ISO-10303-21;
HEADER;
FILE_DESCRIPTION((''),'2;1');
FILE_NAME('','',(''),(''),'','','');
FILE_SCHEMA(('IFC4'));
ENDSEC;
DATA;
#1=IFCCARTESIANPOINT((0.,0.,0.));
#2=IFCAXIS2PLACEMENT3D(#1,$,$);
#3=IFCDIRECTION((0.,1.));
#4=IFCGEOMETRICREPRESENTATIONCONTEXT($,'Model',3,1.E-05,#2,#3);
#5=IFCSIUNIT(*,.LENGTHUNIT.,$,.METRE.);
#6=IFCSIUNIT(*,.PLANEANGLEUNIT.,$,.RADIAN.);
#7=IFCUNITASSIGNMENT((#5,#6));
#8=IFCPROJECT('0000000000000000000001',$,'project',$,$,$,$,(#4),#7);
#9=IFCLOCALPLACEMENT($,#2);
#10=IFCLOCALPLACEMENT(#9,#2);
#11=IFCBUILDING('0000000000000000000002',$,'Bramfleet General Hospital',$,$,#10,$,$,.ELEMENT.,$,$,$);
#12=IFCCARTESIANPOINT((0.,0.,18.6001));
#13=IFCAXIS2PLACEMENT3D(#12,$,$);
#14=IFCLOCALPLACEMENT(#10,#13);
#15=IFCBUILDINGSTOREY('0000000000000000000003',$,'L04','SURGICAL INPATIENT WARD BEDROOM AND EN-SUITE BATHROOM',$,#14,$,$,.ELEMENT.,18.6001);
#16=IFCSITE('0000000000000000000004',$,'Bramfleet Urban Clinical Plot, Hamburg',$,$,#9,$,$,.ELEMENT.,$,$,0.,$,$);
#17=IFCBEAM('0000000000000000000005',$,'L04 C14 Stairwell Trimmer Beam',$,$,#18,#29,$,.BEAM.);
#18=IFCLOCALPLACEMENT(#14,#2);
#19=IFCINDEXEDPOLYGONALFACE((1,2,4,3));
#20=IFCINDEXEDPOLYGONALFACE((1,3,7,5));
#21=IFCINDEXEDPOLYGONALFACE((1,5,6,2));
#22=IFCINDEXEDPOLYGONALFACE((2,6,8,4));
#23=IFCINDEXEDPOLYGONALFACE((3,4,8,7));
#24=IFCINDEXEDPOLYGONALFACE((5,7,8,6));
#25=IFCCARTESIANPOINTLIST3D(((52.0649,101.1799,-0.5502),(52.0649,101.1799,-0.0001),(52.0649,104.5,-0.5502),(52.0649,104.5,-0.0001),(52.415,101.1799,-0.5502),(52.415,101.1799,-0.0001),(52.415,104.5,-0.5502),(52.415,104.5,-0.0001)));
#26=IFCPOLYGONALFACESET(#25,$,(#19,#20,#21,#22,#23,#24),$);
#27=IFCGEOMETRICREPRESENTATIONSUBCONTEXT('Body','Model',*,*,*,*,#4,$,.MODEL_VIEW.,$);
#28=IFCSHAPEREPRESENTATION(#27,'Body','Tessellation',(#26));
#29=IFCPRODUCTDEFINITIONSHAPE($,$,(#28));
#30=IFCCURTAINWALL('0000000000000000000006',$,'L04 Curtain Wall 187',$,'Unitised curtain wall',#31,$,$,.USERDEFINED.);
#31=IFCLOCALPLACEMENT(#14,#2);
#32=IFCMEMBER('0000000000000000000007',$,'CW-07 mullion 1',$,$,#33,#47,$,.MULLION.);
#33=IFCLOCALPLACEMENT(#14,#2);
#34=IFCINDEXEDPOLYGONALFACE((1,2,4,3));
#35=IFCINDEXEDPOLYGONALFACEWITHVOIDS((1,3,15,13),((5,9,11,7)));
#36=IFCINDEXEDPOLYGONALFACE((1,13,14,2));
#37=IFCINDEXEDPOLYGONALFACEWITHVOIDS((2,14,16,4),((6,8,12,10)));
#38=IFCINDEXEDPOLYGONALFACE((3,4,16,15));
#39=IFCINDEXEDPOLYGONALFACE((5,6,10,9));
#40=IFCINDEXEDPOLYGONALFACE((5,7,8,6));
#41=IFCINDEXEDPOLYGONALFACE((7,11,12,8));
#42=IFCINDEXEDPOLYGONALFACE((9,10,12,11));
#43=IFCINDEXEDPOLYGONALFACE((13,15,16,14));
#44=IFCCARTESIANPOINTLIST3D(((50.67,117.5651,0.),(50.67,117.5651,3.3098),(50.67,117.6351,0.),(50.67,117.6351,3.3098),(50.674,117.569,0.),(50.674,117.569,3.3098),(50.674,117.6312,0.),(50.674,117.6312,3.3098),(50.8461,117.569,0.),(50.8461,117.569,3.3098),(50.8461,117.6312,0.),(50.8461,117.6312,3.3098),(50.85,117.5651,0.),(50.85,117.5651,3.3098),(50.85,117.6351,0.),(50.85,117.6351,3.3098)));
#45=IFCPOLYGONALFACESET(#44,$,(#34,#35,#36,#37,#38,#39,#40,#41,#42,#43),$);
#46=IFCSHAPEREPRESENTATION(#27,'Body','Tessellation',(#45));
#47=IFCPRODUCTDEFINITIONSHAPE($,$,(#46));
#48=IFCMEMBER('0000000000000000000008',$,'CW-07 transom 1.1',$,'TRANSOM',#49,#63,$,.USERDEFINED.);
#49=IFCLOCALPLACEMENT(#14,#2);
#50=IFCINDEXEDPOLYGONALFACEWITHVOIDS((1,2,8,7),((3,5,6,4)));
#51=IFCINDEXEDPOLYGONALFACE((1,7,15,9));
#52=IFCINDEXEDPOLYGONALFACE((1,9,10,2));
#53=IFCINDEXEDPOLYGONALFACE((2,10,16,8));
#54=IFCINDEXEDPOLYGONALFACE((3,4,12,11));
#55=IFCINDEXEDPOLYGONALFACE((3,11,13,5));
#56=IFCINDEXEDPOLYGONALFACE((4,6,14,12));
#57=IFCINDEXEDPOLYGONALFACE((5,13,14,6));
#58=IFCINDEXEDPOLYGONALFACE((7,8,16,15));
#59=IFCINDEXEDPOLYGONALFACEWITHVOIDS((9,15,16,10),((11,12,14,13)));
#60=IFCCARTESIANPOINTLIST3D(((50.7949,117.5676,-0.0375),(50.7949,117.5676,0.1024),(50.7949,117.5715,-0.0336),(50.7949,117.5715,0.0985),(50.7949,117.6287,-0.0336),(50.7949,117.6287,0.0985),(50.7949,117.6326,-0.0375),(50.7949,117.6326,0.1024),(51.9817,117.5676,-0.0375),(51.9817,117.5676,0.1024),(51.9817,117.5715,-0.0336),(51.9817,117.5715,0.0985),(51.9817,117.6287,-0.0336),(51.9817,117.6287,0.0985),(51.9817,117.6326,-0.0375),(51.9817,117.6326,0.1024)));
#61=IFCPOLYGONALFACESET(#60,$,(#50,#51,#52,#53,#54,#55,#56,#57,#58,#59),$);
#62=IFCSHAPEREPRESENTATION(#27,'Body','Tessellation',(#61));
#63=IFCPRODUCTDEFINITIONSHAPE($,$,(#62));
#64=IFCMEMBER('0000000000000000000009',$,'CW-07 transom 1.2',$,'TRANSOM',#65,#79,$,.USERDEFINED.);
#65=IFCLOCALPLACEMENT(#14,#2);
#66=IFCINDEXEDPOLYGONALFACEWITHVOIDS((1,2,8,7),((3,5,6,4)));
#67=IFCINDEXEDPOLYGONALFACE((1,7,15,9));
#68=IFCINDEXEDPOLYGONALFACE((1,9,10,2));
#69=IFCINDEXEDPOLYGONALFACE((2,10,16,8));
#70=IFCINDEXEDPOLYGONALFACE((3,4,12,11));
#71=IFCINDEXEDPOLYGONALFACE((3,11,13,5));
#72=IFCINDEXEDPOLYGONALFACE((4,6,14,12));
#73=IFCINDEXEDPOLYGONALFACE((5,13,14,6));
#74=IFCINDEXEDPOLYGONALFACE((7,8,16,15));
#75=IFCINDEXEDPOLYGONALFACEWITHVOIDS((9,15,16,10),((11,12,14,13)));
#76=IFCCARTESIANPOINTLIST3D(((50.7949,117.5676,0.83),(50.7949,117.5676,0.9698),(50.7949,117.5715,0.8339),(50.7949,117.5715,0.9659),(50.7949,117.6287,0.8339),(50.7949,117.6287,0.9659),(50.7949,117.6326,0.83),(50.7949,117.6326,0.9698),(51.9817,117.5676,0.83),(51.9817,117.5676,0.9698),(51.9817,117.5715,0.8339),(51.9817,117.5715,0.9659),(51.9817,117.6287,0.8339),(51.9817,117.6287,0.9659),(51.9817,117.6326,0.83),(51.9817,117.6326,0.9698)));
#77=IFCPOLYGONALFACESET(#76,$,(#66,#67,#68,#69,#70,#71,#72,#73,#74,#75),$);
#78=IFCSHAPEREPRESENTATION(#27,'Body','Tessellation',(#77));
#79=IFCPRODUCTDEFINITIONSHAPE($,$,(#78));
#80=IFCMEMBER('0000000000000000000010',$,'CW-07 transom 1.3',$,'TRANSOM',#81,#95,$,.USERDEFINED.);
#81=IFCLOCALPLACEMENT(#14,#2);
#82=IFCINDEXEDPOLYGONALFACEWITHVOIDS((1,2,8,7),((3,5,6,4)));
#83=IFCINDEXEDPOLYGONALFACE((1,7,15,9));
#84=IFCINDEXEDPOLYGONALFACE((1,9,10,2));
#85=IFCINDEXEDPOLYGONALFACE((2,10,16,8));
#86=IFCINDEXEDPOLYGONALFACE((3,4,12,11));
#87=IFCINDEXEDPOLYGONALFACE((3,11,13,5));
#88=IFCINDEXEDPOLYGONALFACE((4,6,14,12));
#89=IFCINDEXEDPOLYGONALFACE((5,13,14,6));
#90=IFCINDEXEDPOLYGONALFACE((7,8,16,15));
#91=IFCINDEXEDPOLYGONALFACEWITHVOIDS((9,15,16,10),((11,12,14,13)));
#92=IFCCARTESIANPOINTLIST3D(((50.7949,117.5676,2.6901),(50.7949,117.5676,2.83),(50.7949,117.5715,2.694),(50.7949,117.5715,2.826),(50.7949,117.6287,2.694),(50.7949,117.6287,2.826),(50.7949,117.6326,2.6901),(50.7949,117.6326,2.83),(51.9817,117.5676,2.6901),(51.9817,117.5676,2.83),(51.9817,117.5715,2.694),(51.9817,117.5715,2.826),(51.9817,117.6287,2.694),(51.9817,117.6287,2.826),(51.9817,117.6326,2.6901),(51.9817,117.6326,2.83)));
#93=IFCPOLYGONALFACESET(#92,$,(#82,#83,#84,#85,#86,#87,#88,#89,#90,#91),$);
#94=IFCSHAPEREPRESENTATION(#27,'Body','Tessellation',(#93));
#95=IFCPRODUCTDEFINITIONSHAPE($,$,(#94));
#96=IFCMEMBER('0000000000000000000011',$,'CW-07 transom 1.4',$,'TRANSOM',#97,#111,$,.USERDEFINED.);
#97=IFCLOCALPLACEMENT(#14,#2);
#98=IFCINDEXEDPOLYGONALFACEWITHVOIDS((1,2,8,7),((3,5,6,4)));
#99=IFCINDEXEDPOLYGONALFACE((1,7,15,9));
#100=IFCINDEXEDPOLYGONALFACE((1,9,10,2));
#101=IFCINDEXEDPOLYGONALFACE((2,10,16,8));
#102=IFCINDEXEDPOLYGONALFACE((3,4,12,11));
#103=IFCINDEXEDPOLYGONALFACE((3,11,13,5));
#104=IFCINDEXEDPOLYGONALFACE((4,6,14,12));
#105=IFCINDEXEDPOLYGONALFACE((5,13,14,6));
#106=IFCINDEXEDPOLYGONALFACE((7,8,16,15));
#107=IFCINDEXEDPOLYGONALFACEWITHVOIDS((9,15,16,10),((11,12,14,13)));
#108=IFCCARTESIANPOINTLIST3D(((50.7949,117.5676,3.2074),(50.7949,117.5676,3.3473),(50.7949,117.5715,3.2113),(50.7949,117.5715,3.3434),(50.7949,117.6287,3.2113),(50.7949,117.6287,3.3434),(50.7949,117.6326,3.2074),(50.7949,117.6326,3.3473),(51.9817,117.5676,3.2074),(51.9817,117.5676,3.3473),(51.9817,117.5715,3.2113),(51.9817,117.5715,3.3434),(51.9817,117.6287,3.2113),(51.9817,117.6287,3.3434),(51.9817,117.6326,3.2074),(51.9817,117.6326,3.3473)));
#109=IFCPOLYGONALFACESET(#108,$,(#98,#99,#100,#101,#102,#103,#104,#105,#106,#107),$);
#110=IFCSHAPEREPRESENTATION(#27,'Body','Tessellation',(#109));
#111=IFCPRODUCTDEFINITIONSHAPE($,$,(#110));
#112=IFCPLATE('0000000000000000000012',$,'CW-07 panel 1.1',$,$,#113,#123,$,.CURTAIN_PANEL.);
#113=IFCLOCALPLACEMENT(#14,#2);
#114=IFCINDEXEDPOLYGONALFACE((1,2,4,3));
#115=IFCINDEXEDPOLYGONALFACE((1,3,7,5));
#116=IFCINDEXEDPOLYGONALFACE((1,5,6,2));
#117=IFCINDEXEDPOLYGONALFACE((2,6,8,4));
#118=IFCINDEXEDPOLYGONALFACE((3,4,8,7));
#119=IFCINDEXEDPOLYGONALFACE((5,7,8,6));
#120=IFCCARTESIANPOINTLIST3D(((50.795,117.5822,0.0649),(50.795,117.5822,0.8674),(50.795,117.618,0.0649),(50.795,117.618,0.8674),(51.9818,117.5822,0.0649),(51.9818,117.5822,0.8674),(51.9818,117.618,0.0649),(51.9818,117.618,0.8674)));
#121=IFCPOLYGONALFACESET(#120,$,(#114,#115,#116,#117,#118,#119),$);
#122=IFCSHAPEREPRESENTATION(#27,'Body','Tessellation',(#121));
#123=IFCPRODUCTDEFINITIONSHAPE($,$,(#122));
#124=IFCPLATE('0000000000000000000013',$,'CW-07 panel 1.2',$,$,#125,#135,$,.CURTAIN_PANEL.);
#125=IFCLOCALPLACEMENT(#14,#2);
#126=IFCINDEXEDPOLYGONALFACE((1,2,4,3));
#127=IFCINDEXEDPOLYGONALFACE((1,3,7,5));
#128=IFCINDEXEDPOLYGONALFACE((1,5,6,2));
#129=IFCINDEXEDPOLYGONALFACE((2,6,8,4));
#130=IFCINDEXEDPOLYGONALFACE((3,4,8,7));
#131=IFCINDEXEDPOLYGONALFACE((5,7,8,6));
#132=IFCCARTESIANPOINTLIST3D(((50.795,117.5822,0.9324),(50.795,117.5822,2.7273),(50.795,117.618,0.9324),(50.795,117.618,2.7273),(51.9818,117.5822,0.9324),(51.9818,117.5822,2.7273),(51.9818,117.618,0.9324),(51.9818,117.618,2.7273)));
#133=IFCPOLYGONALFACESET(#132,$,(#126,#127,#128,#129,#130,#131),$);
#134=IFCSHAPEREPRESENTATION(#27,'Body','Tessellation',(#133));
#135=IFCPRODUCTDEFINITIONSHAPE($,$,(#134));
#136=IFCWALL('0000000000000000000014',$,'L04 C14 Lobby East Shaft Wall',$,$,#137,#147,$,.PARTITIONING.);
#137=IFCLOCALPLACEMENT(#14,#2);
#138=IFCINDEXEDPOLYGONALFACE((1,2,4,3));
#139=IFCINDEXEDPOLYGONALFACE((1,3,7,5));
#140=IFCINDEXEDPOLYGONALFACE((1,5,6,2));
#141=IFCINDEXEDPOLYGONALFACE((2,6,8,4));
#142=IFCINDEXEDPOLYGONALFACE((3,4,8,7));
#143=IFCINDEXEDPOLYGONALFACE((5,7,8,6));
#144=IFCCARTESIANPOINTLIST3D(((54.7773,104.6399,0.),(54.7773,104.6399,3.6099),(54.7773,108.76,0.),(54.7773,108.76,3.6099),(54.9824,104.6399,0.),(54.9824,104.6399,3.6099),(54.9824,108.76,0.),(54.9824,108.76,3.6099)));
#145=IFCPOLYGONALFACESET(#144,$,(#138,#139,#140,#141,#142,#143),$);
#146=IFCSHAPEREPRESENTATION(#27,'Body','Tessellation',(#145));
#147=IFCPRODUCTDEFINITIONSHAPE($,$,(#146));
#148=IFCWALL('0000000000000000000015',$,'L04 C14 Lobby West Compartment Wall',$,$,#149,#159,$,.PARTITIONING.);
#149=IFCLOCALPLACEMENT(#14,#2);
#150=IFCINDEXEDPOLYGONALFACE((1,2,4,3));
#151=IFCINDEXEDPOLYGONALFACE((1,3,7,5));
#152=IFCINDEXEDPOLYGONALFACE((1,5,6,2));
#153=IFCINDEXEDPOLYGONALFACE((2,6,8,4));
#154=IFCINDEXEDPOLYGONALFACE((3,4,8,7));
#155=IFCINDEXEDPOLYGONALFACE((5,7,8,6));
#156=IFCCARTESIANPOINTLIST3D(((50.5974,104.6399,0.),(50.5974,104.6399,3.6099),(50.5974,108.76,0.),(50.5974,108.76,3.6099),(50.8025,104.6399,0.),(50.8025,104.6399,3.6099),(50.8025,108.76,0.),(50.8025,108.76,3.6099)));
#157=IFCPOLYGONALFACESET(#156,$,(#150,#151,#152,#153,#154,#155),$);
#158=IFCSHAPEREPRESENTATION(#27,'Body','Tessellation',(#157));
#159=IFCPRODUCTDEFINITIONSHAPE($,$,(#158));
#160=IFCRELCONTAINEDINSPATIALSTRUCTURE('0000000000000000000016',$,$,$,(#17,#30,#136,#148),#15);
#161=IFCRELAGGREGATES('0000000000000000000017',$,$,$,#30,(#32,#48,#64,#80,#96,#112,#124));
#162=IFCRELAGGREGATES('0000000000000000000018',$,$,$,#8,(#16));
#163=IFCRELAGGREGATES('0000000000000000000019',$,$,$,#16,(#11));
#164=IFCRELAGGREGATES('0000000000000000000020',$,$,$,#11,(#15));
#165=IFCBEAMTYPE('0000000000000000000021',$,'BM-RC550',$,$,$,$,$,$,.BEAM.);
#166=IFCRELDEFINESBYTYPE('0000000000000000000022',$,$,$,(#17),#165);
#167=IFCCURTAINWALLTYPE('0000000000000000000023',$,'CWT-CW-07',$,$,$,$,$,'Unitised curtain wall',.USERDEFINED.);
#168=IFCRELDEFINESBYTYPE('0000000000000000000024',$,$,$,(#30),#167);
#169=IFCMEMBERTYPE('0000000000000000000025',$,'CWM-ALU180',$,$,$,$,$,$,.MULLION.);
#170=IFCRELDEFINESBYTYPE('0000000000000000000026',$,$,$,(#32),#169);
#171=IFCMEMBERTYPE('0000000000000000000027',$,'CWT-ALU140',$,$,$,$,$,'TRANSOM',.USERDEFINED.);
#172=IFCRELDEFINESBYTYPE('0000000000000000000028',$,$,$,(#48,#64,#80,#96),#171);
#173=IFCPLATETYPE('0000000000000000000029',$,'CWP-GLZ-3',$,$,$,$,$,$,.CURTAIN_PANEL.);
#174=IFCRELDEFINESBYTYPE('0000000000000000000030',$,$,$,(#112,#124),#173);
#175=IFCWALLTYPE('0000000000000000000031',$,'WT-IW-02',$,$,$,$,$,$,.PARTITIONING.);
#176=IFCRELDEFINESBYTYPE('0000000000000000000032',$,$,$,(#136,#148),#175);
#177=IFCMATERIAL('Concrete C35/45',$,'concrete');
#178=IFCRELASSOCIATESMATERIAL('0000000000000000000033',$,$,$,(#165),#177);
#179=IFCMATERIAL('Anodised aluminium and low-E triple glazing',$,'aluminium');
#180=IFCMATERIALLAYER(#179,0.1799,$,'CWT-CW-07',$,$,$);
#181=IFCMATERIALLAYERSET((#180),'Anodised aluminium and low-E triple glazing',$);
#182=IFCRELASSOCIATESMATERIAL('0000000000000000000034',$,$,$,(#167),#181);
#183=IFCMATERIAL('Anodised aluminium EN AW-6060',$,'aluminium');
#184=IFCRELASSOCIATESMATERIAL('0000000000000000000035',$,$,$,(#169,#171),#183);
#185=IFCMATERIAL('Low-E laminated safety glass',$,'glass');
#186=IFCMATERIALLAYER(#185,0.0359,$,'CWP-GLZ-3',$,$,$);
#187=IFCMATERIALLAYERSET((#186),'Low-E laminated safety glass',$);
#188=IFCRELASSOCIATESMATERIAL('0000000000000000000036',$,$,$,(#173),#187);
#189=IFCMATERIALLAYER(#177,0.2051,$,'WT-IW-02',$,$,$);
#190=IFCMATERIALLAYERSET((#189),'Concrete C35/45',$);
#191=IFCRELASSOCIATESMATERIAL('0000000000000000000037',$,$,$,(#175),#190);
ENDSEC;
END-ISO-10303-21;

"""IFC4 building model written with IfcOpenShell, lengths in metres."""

from ifc_helpers import new_model, si_unit, direction, frame, frame_2d, origin, origin_2d, place, context, subcontext, project, spatial, rectangle, hollow_rectangle, extrude, material, layer, layer_set, material_profile, profile_set, type_object, element, aggregate, save


model = new_model("IFC4")

# Units and contexts
model_context = context("Model", 3, precision=1e-05, world=origin(), true_north=direction((0.0, 1.0)))
body_context = subcontext(model_context, "Body", "Model", "MODEL_VIEW")
ifc_project = project(units=[si_unit("LENGTHUNIT", "METRE"), si_unit("PLANEANGLEUNIT", "RADIAN")], contexts=[model_context])

# Site, building, storey
site_placement = place(None, origin())
site = spatial("IfcSite", under=ifc_project, at=site_placement, Name="Bramfleet Urban Clinical Plot, Hamburg", CompositionType="ELEMENT", RefElevation=0.0)
building_placement = place(site_placement, origin())
building = spatial("IfcBuilding", under=site, at=building_placement, Name="Bramfleet General Hospital", CompositionType="ELEMENT")
storey_placement = place(building_placement, frame((0.0, 0.0, 18.6001)))
storey = spatial("IfcBuildingStorey", under=building, at=storey_placement, Name="L04", Description="SURGICAL INPATIENT WARD BEDROOM AND EN-SUITE BATHROOM", CompositionType="ELEMENT", Elevation=18.6001)

# Beam
ifc_material_1 = material(Name="Concrete C35/45", Category="concrete")
ifc_material_profile_1 = material_profile(ifc_material_1, rectangle(XDim=0.3501, YDim=0.55, at=origin_2d()), Name="RC BM 550x350")
ifc_profile_set_1 = profile_set([ifc_material_profile_1], Name="Concrete C35/45")
beam_type = type_object("IfcBeamType", Name="BM-RC550", PredefinedType="BEAM", material=ifc_profile_set_1)
beam_placement = place(storey_placement, frame((52.24, 101.1799, -0.2751), z_axis=(0.0, 1.0, 0.0), x_axis=(-1.0, 0.0, 0.0)))
element("IfcBeam", 1, at=beam_placement, inside=storey, type_object=beam_type, Name="L04 C14 Stairwell Trimmer Beam", PredefinedType="BEAM", context=body_context, shape_type="SweptSolid", body=[
    extrude(rectangle(XDim=0.3501, YDim=0.55, at=origin_2d()), origin(), (0.0, 0.0, 1.0), 3.3201),
])

# Curtain wall, members, plates
ifc_material_2 = material(Name="Anodised aluminium and low-E triple glazing", Category="aluminium")
ifc_layer_1 = layer(ifc_material_2, 0.1799, Name="CWT-CW-07")
ifc_layer_set_1 = layer_set([ifc_layer_1], Name="Anodised aluminium and low-E triple glazing")
curtain_wall_type = type_object("IfcCurtainWallType", Name="CWT-CW-07", ElementType="Unitised curtain wall", PredefinedType="USERDEFINED", material=ifc_layer_set_1)
curtain_wall_placement = place(storey_placement, origin())
curtain_wall = element("IfcCurtainWall", 2, at=curtain_wall_placement, inside=storey, type_object=curtain_wall_type, Name="L04 Curtain Wall 187", ObjectType="Unitised curtain wall", PredefinedType="USERDEFINED")
ifc_material_3 = material(Name="Anodised aluminium EN AW-6060", Category="aluminium")
ifc_material_profile_2 = material_profile(ifc_material_3, hollow_rectangle(XDim=0.0701, YDim=0.1799, WallThickness=0.0039, at=origin_2d()), Name="ALU 180x70x4.0")
ifc_profile_set_2 = profile_set([ifc_material_profile_2], Name="Anodised aluminium EN AW-6060")
member_type_1 = type_object("IfcMemberType", Name="CWM-ALU180", PredefinedType="MULLION", material=ifc_profile_set_2)
member_1_placement = place(storey_placement, frame((50.76, 117.6001, 0.0), z_axis=(0.0, 0.0, 1.0), x_axis=(0.0, 1.0, 0.0)))
member_1 = element("IfcMember", 3, at=member_1_placement, type_object=member_type_1, Name="CW-07 mullion 1", PredefinedType="MULLION", context=body_context, shape_type="SweptSolid", body=[
    extrude(hollow_rectangle(XDim=0.0701, YDim=0.1799, WallThickness=0.0039, at=origin_2d()), origin(), (0.0, 0.0, 1.0), 3.3098),
])
ifc_material_profile_3 = material_profile(ifc_material_3, hollow_rectangle(XDim=0.0649, YDim=0.1399, WallThickness=0.0039, at=origin_2d()), Name="ALU 140x65x4.0")
ifc_profile_set_3 = profile_set([ifc_material_profile_3], Name="Anodised aluminium EN AW-6060")
member_type_2 = type_object("IfcMemberType", Name="CWT-ALU140", ElementType="TRANSOM", PredefinedType="USERDEFINED", material=ifc_profile_set_3)
member_2_placement = place(storey_placement, frame((50.7949, 117.6001, 0.0325), z_axis=(1.0, 0.0, 0.0), x_axis=(0.0, 1.0, 0.0)))
member_2 = element("IfcMember", 4, at=member_2_placement, type_object=member_type_2, Name="CW-07 transom 1.1", ObjectType="TRANSOM", PredefinedType="USERDEFINED", context=body_context, shape_type="SweptSolid", body=[
    extrude(hollow_rectangle(XDim=0.0649, YDim=0.1399, WallThickness=0.0039, at=origin_2d()), origin(), (0.0, 0.0, 1.0), 1.1868),
])
member_3_placement = place(storey_placement, frame((50.7949, 117.6001, 0.8999), z_axis=(1.0, 0.0, 0.0), x_axis=(0.0, 1.0, 0.0)))
member_3 = element("IfcMember", 5, at=member_3_placement, type_object=member_type_2, Name="CW-07 transom 1.2", ObjectType="TRANSOM", PredefinedType="USERDEFINED", context=body_context, shape_type="SweptSolid", body=[
    extrude(hollow_rectangle(XDim=0.0649, YDim=0.1399, WallThickness=0.0039, at=origin_2d()), origin(), (0.0, 0.0, 1.0), 1.1868),
])
member_4_placement = place(storey_placement, frame((50.7949, 117.6001, 2.76), z_axis=(1.0, 0.0, 0.0), x_axis=(0.0, 1.0, 0.0)))
member_4 = element("IfcMember", 6, at=member_4_placement, type_object=member_type_2, Name="CW-07 transom 1.3", ObjectType="TRANSOM", PredefinedType="USERDEFINED", context=body_context, shape_type="SweptSolid", body=[
    extrude(hollow_rectangle(XDim=0.0649, YDim=0.1399, WallThickness=0.0039, at=origin_2d()), origin(), (0.0, 0.0, 1.0), 1.1868),
])
member_5_placement = place(storey_placement, frame((50.7949, 117.6001, 3.2773), z_axis=(1.0, 0.0, 0.0), x_axis=(0.0, 1.0, 0.0)))
member_5 = element("IfcMember", 7, at=member_5_placement, type_object=member_type_2, Name="CW-07 transom 1.4", ObjectType="TRANSOM", PredefinedType="USERDEFINED", context=body_context, shape_type="SweptSolid", body=[
    extrude(hollow_rectangle(XDim=0.0649, YDim=0.1399, WallThickness=0.0039, at=origin_2d()), origin(), (0.0, 0.0, 1.0), 1.1868),
])
ifc_material_4 = material(Name="Low-E laminated safety glass", Category="glass")
ifc_layer_2 = layer(ifc_material_4, 0.0359, Name="CWP-GLZ-3")
ifc_layer_set_2 = layer_set([ifc_layer_2], Name="Low-E laminated safety glass")
plate_type = type_object("IfcPlateType", Name="CWP-GLZ-3", PredefinedType="CURTAIN_PANEL", material=ifc_layer_set_2)
plate_1_placement = place(storey_placement, frame((51.3884, 117.6001, 0.0649), z_axis=(0.0, 0.0, 1.0), x_axis=(1.0, 0.0, 0.0)))
plate_1 = element("IfcPlate", 8, at=plate_1_placement, type_object=plate_type, Name="CW-07 panel 1.1", PredefinedType="CURTAIN_PANEL", context=body_context, shape_type="SweptSolid", body=[
    extrude(rectangle(XDim=1.1868, YDim=0.0359, at=origin_2d()), origin(), (0.0, 0.0, 1.0), 0.8025),
])
plate_2_placement = place(storey_placement, frame((51.3884, 117.6001, 0.9324), z_axis=(0.0, 0.0, 1.0), x_axis=(1.0, 0.0, 0.0)))
plate_2 = element("IfcPlate", 9, at=plate_2_placement, type_object=plate_type, Name="CW-07 panel 1.2", PredefinedType="CURTAIN_PANEL", context=body_context, shape_type="SweptSolid", body=[
    extrude(rectangle(XDim=1.1868, YDim=0.0359, at=origin_2d()), origin(), (0.0, 0.0, 1.0), 1.7949),
])
aggregate(curtain_wall, [member_1, member_2, member_3, member_4, member_5, plate_1, plate_2])

# Walls
ifc_layer_3 = layer(ifc_material_1, 0.2051, Name="WT-IW-02")
ifc_layer_set_3 = layer_set([ifc_layer_3], Name="Concrete C35/45")
wall_type_1 = type_object("IfcWallType", Name="WT-IW-02", PredefinedType="PARTITIONING", material=ifc_layer_set_3)
for number, where, z_axis, x_axis, name in (
    (10, (54.8799, 104.6399, 0.0), (0.0, 0.0, 1.0), (0.0, 1.0, 0.0), "L04 C14 Lobby East Shaft Wall"),
    (11, (50.7, 104.6399, 0.0), (0.0, 0.0, 1.0), (0.0, 1.0, 0.0), "L04 C14 Lobby West Compartment Wall"),
):
    element("IfcWall", number, at=place(storey_placement, frame(where, z_axis=z_axis, x_axis=x_axis)), inside=storey, type_object=wall_type_1, Name=name, PredefinedType="PARTITIONING", context=body_context, shape_type="SweptSolid", body=[
        extrude(rectangle(XDim=4.1201, YDim=0.2051, at=frame_2d((2.0601, 0.0))), origin(), (0.0, 0.0, 1.0), 3.6099),
    ])

save(model, "model.ifc")
